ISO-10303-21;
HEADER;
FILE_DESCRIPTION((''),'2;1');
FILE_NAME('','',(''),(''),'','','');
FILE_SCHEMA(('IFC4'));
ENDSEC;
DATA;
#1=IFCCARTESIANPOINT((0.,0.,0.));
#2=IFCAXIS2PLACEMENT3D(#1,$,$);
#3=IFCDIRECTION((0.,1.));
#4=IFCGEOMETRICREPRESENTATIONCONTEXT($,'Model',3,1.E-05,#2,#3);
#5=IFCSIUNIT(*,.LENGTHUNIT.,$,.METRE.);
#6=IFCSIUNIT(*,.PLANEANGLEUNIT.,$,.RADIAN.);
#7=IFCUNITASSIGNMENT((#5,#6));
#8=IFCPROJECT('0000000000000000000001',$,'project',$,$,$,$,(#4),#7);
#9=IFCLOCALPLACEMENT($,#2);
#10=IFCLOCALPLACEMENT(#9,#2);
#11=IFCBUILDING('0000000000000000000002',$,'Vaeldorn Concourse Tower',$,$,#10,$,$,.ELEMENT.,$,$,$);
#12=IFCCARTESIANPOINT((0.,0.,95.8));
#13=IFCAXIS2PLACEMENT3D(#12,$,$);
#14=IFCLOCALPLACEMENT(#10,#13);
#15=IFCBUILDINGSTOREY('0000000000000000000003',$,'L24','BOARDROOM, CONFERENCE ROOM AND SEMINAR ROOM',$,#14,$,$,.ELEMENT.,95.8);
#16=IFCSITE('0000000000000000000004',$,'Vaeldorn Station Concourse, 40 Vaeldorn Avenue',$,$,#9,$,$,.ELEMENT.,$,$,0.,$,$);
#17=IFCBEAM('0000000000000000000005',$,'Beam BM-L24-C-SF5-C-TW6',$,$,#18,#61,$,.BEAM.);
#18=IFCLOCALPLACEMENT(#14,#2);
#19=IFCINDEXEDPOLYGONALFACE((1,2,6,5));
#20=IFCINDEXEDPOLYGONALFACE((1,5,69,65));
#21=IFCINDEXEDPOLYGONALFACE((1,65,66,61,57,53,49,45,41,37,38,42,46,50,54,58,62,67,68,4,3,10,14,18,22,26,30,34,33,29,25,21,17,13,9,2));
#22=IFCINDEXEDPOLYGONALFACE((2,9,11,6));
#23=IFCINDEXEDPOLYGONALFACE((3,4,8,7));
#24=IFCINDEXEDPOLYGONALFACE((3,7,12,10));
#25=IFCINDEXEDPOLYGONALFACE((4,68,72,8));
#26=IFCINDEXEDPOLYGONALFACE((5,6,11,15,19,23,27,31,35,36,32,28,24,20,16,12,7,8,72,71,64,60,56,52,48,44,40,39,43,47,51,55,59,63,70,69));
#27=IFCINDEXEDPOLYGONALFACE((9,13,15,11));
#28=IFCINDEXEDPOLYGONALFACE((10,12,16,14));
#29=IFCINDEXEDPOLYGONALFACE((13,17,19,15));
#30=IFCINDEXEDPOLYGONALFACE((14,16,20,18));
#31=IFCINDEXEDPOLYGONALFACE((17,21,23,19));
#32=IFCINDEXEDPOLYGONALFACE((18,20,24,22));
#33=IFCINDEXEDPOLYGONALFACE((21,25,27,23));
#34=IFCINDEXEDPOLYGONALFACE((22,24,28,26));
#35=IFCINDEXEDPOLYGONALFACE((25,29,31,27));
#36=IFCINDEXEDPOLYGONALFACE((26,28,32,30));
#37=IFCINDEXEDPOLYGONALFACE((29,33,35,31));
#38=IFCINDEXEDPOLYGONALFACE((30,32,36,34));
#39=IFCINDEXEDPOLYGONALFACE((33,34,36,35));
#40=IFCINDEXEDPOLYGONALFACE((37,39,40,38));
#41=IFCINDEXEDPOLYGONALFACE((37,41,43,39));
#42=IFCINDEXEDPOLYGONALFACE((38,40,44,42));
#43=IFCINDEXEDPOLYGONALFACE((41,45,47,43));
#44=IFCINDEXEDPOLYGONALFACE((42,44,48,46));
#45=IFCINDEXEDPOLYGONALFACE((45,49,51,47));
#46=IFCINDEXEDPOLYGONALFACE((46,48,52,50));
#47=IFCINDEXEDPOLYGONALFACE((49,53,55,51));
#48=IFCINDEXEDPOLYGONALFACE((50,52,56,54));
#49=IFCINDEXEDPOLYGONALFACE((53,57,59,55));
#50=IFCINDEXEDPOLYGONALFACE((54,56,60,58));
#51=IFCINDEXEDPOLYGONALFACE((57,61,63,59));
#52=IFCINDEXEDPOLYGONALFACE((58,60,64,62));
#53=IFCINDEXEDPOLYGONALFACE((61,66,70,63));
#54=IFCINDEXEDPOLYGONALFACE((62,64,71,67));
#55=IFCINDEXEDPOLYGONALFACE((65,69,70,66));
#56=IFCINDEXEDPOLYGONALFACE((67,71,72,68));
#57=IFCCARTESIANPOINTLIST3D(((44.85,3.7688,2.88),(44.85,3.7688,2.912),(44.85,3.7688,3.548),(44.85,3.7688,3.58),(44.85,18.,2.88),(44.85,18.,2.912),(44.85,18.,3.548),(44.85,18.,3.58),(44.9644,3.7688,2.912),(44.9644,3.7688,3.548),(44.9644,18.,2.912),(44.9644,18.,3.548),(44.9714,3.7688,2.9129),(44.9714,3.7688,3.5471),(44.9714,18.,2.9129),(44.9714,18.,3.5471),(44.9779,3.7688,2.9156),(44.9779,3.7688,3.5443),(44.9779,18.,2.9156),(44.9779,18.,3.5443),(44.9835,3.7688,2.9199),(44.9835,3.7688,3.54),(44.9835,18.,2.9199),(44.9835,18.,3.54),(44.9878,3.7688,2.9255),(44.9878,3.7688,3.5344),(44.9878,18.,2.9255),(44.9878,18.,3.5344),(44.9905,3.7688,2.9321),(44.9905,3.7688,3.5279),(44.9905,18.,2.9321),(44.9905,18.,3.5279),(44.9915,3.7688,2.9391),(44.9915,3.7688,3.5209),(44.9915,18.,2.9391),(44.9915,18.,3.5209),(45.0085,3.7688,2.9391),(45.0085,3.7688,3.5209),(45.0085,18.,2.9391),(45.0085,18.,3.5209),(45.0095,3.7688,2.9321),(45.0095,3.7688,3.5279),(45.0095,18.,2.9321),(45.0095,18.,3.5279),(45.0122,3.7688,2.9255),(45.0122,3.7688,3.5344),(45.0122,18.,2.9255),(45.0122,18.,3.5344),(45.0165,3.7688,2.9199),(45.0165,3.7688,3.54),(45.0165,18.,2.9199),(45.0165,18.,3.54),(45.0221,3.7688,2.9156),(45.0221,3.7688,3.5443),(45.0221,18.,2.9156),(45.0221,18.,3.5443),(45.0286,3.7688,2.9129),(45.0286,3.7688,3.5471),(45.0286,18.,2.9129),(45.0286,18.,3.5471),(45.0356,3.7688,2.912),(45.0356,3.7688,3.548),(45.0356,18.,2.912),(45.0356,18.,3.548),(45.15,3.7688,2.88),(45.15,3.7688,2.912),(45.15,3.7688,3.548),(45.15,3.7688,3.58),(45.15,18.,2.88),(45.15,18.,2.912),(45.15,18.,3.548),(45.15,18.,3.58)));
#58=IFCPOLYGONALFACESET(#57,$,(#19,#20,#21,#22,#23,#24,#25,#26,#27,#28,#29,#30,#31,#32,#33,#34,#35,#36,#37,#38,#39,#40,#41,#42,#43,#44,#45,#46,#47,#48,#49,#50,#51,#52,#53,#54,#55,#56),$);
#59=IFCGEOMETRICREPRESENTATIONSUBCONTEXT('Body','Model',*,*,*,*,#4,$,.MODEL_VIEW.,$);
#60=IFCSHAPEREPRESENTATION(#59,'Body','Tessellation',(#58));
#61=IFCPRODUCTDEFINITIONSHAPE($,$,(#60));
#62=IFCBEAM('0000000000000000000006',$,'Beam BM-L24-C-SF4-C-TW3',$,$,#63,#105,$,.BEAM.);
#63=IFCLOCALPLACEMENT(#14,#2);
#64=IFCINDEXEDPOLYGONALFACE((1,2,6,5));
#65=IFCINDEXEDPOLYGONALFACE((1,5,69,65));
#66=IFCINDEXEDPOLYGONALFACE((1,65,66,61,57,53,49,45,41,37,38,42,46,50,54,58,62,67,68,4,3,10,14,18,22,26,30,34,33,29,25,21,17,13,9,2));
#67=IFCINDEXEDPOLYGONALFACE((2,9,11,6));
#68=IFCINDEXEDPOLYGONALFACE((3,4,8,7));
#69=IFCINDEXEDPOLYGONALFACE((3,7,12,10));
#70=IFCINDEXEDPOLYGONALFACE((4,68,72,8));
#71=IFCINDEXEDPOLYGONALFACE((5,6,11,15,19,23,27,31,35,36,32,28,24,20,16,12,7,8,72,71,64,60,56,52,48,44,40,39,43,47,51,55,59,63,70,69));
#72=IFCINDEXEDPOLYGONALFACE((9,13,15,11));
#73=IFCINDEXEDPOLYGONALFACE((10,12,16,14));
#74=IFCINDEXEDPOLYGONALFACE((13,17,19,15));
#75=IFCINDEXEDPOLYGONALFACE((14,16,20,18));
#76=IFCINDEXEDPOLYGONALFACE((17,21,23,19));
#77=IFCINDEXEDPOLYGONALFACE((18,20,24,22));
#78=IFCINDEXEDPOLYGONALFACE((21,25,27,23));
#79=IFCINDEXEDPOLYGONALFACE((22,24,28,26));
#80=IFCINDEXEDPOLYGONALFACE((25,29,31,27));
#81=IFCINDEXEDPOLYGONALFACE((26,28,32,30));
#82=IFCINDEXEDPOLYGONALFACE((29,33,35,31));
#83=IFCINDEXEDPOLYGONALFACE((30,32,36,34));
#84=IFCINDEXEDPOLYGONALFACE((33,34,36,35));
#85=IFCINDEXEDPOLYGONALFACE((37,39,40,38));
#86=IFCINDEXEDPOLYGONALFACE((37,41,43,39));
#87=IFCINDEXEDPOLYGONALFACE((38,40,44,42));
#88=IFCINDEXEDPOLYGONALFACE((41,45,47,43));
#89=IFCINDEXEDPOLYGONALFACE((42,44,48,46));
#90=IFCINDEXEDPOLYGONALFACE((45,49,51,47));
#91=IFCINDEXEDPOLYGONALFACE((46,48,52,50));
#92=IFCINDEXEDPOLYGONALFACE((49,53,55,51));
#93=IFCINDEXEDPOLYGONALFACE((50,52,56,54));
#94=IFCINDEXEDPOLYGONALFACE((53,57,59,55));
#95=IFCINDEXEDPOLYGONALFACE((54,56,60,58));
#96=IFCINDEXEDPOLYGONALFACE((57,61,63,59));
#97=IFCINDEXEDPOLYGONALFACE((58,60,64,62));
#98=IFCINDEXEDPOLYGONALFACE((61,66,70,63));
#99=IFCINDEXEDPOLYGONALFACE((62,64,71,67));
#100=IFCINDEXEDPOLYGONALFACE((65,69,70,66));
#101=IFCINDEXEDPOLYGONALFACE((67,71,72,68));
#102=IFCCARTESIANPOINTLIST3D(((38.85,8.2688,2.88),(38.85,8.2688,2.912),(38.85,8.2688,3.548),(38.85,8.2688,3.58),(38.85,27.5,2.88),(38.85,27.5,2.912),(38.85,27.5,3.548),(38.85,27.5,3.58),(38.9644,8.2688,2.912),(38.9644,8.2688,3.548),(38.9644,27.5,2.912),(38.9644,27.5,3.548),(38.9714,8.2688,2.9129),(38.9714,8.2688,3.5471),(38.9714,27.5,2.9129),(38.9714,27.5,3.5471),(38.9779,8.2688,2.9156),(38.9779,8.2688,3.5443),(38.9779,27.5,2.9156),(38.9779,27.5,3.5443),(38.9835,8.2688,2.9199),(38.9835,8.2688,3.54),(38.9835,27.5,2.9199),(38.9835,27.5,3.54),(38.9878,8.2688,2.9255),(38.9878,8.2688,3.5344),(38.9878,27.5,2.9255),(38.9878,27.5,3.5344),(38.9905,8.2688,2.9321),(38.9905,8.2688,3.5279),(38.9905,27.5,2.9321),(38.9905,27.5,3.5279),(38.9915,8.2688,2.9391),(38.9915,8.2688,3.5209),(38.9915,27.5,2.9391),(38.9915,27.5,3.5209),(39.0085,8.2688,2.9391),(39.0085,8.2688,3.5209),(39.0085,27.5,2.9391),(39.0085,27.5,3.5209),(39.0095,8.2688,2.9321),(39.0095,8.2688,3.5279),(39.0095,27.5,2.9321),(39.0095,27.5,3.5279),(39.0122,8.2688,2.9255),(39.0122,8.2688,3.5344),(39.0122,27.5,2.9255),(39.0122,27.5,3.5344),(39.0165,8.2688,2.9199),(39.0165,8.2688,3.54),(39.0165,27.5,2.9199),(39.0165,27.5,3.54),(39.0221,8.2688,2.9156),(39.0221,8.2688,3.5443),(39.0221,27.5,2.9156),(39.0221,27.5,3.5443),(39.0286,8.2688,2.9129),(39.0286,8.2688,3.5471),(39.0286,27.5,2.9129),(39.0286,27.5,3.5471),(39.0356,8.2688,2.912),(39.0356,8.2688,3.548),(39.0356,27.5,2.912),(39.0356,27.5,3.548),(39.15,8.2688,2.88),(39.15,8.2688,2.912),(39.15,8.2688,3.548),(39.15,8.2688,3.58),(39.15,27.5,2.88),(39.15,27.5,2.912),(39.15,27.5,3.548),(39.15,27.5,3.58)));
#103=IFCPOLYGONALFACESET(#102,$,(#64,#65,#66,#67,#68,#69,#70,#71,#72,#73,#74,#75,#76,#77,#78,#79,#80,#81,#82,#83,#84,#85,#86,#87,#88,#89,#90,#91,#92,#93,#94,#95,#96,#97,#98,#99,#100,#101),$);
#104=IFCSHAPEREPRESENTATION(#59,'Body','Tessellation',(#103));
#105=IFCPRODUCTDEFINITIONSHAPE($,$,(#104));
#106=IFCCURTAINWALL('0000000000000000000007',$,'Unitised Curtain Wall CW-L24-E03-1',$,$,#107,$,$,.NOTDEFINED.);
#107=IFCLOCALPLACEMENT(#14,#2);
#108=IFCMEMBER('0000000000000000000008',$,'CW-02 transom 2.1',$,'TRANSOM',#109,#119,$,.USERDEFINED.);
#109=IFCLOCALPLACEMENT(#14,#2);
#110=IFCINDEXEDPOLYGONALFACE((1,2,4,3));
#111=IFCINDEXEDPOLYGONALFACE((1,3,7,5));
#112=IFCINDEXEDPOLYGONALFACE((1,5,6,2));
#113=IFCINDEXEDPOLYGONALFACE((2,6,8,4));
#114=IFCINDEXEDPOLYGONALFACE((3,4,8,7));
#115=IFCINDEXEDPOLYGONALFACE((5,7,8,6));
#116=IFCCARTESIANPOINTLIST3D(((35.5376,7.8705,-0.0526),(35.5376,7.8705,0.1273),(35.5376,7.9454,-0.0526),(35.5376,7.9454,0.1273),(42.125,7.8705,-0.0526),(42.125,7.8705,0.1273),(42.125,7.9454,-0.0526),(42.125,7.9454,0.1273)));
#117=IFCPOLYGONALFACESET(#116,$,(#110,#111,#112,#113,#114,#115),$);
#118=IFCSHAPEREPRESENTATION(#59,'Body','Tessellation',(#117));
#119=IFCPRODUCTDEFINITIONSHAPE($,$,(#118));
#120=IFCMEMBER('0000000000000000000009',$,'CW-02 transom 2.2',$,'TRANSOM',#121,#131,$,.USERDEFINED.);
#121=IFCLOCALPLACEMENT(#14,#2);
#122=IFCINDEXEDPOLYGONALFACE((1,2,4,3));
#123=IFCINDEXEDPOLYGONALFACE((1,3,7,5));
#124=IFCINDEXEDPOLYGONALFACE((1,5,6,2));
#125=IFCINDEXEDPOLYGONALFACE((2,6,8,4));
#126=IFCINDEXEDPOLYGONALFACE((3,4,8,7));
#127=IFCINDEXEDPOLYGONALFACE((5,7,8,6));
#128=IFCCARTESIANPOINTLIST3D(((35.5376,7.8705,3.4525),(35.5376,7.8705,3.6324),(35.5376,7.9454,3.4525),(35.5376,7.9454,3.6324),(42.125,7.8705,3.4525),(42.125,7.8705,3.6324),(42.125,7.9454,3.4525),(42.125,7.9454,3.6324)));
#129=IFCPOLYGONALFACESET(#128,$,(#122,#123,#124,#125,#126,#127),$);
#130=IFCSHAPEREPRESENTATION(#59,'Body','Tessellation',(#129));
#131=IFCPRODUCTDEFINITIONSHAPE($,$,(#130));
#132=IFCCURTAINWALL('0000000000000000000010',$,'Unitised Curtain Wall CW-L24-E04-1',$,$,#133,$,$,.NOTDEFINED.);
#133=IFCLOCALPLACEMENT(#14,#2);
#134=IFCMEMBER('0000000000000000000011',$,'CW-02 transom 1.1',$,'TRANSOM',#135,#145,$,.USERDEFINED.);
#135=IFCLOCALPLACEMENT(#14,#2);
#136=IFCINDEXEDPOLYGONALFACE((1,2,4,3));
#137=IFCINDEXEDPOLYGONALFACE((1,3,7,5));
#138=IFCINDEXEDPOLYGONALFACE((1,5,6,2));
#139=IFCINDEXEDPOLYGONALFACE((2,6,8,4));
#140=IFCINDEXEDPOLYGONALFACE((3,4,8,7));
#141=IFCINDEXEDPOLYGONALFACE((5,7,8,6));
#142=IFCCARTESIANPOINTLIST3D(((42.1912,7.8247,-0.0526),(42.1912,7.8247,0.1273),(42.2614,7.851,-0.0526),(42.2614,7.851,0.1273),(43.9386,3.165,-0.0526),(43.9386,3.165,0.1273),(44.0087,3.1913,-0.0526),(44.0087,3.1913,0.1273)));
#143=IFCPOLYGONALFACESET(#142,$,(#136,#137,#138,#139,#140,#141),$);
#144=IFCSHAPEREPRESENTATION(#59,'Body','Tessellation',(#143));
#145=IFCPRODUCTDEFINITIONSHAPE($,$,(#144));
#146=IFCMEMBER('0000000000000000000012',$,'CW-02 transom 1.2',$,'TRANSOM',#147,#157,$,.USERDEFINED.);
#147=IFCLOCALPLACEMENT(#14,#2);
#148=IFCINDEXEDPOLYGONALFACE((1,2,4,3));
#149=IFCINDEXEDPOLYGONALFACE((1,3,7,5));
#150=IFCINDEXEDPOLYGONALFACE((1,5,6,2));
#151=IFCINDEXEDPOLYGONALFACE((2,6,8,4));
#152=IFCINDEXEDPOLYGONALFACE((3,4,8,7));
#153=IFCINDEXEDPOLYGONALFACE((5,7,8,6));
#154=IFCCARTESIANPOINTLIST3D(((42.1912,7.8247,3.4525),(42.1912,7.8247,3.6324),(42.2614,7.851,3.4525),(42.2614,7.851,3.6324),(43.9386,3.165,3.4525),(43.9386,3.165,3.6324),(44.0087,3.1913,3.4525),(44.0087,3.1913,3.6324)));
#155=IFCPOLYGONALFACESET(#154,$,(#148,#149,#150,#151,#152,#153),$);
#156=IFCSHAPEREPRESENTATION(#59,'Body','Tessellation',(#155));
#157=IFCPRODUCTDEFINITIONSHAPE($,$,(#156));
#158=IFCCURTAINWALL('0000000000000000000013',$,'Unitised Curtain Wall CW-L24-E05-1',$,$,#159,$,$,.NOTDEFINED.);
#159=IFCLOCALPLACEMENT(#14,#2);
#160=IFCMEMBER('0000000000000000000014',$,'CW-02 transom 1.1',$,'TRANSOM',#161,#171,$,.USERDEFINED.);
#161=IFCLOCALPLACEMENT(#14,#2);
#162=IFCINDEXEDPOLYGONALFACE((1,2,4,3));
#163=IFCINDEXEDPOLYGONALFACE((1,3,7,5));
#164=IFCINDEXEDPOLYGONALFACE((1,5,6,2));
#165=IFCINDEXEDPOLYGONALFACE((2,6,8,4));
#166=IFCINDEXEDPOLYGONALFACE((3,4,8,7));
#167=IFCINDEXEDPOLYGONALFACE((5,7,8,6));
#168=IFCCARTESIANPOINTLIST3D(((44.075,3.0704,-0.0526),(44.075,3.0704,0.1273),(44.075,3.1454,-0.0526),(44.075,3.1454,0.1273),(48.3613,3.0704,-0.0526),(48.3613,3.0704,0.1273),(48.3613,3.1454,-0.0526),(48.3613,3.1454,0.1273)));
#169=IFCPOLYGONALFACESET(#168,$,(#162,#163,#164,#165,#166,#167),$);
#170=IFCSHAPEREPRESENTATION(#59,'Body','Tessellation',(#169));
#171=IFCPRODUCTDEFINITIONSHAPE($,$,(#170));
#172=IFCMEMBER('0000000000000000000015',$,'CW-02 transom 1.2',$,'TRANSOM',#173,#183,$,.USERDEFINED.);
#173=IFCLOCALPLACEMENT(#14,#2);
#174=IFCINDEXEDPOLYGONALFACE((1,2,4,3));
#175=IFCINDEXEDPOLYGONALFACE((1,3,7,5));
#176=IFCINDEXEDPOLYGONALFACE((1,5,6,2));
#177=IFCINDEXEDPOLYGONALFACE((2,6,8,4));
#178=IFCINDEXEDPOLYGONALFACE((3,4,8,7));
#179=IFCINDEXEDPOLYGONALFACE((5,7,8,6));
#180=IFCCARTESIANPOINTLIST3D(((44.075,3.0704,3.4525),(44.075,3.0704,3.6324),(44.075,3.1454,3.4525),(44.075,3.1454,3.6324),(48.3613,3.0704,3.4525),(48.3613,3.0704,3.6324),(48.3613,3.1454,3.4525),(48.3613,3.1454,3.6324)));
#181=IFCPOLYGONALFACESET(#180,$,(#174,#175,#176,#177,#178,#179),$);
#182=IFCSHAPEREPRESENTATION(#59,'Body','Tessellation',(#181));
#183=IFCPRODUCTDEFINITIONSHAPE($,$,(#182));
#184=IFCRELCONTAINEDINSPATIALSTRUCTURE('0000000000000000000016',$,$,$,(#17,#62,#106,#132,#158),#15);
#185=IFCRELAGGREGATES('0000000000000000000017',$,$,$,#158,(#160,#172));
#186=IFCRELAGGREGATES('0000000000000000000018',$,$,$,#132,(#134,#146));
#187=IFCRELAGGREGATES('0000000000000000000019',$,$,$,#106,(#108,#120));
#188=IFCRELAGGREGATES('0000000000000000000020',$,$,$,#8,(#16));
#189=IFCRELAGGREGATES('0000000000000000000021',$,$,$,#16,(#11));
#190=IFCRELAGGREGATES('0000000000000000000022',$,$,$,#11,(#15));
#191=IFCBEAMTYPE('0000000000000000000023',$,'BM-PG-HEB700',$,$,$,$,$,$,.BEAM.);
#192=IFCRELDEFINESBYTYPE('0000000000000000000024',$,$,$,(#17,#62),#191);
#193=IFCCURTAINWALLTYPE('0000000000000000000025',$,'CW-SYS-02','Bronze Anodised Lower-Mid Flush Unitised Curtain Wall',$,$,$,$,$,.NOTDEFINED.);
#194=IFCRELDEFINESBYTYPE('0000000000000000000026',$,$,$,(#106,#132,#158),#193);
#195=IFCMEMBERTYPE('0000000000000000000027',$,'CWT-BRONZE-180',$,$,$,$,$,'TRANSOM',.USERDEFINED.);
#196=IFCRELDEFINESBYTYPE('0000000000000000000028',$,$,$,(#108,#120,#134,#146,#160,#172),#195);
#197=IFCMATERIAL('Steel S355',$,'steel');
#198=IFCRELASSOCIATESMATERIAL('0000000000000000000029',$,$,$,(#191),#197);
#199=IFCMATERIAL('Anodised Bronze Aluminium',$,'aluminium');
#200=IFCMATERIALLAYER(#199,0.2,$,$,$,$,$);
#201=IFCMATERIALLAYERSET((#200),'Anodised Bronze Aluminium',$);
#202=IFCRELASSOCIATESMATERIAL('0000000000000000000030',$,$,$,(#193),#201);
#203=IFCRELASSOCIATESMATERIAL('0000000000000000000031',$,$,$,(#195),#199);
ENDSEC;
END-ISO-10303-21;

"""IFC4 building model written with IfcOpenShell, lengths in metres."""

from ifc_helpers import new_model, si_unit, direction, frame, origin, origin_2d, place, context, subcontext, project, spatial, rectangle, i_section, extrude, source, transform, mapped, material, layer, layer_set, material_profile, profile_set, type_object, element, aggregate, save


model = new_model("IFC4")

# Units and contexts
model_context = context("Model", 3, precision=1e-05, world=origin(), true_north=direction((0.0, 1.0)))
body_context = subcontext(model_context, "Body", "Model", "MODEL_VIEW")
ifc_project = project(units=[si_unit("LENGTHUNIT", "METRE"), si_unit("PLANEANGLEUNIT", "RADIAN")], contexts=[model_context])

# Site, building, storey
site_placement = place(None, origin())
site = spatial("IfcSite", under=ifc_project, at=site_placement, Name="Vaeldorn Station Concourse, 40 Vaeldorn Avenue", CompositionType="ELEMENT", RefElevation=0.0)
building_placement = place(site_placement, origin())
building = spatial("IfcBuilding", under=site, at=building_placement, Name="Vaeldorn Concourse Tower", CompositionType="ELEMENT")
storey_placement = place(building_placement, frame((0.0, 0.0, 95.8)))
storey = spatial("IfcBuildingStorey", under=building, at=storey_placement, Name="L24", Description="BOARDROOM, CONFERENCE ROOM AND SEMINAR ROOM", CompositionType="ELEMENT", Elevation=95.8)

# Beams
ifc_material_1 = material(Name="Steel S355", Category="steel")
ifc_material_profile_1 = material_profile(ifc_material_1, i_section(OverallWidth=0.3, OverallDepth=0.7, WebThickness=0.0171, FlangeThickness=0.032, FilletRadius=0.0271, at=origin_2d()), Name="HEB 700")
ifc_profile_set_1 = profile_set([ifc_material_profile_1], Name="Steel S355")
beam_type_1 = type_object("IfcBeamType", Name="BM-PG-HEB700", PredefinedType="BEAM", material=ifc_profile_set_1)
shared_shape_1 = source(origin(), body_context, "Body", "SweptSolid", [
    extrude(i_section(OverallWidth=0.3, OverallDepth=0.7, WebThickness=0.0171, FlangeThickness=0.032, FilletRadius=0.0271, at=origin_2d()), origin(), (0.0, 0.0, 1.0), 14.2312),
])
beam_1_placement = place(storey_placement, frame((45.0, 3.7688, 3.23), z_axis=(0.0, 1.0, 0.0), x_axis=(-1.0, 0.0, 0.0)))
element("IfcBeam", 1, at=beam_1_placement, inside=storey, type_object=beam_type_1, Name="Beam BM-L24-C-SF5-C-TW6", PredefinedType="BEAM", context=body_context, shape_type="MappedRepresentation", body=[
    mapped(shared_shape_1, transform((0.0, 0.0, 0.0), scale=1.0)),
])
shared_shape_2 = source(origin(), body_context, "Body", "SweptSolid", [
    extrude(i_section(OverallWidth=0.3, OverallDepth=0.7, WebThickness=0.0171, FlangeThickness=0.032, FilletRadius=0.0271, at=origin_2d()), origin(), (0.0, 0.0, 1.0), 19.2312),
])
beam_2_placement = place(storey_placement, frame((39.0, 8.2688, 3.23), z_axis=(0.0, 1.0, 0.0), x_axis=(-1.0, 0.0, 0.0)))
element("IfcBeam", 2, at=beam_2_placement, inside=storey, type_object=beam_type_1, Name="Beam BM-L24-C-SF4-C-TW3", PredefinedType="BEAM", context=body_context, shape_type="MappedRepresentation", body=[
    mapped(shared_shape_2, transform((0.0, 0.0, 0.0), scale=1.0)),
])

# Curtain walls, members
ifc_material_2 = material(Name="Anodised Bronze Aluminium", Category="aluminium")
ifc_layer_1 = layer(ifc_material_2, 0.2)
ifc_layer_set_1 = layer_set([ifc_layer_1], Name="Anodised Bronze Aluminium")
curtain_wall_type = type_object("IfcCurtainWallType", Name="CW-SYS-02", Description="Bronze Anodised Lower-Mid Flush Unitised Curtain Wall", PredefinedType="NOTDEFINED", material=ifc_layer_set_1)
curtain_wall_1_placement = place(storey_placement, origin())
curtain_wall_1 = element("IfcCurtainWall", 3, at=curtain_wall_1_placement, inside=storey, type_object=curtain_wall_type, Name="Unitised Curtain Wall CW-L24-E03-1", PredefinedType="NOTDEFINED")
ifc_material_profile_2 = material_profile(ifc_material_2, rectangle(XDim=0.075, YDim=0.1799, at=origin_2d()), Name="CWT 75x180")
ifc_profile_set_2 = profile_set([ifc_material_profile_2], Name="Anodised Bronze Aluminium")
member_type_1 = type_object("IfcMemberType", Name="CWT-BRONZE-180", ElementType="TRANSOM", PredefinedType="USERDEFINED", material=ifc_profile_set_2)
shared_shape_3 = source(origin(), body_context, "Body", "SweptSolid", [
    extrude(rectangle(XDim=0.075, YDim=0.1799, at=origin_2d()), origin(), (0.0, 0.0, 1.0), 6.5874),
])
member_1_placement = place(storey_placement, frame((35.5376, 7.908, 0.0374), z_axis=(1.0, 0.0, 0.0), x_axis=(0.0, 1.0, 0.0)))
member_1 = element("IfcMember", 4, at=member_1_placement, type_object=member_type_1, Name="CW-02 transom 2.1", ObjectType="TRANSOM", PredefinedType="USERDEFINED", context=body_context, shape_type="MappedRepresentation", body=[
    mapped(shared_shape_3, transform((0.0, 0.0, 0.0), scale=1.0)),
])
member_2_placement = place(storey_placement, frame((35.5376, 7.908, 3.5425), z_axis=(1.0, 0.0, 0.0), x_axis=(0.0, 1.0, 0.0)))
member_2 = element("IfcMember", 5, at=member_2_placement, type_object=member_type_1, Name="CW-02 transom 2.2", ObjectType="TRANSOM", PredefinedType="USERDEFINED", context=body_context, shape_type="MappedRepresentation", body=[
    mapped(shared_shape_3, transform((0.0, 0.0, 0.0), scale=1.0)),
])
curtain_wall_2_placement = place(storey_placement, origin())
curtain_wall_2 = element("IfcCurtainWall", 6, at=curtain_wall_2_placement, inside=storey, type_object=curtain_wall_type, Name="Unitised Curtain Wall CW-L24-E04-1", PredefinedType="NOTDEFINED")
shared_shape_4 = source(origin(), body_context, "Body", "SweptSolid", [
    extrude(rectangle(XDim=0.075, YDim=0.1799, at=origin_2d()), origin(), (0.0, 0.0, 1.0), 4.9766),
])
member_3_placement = place(storey_placement, frame((42.2263, 7.8379, 0.0374), z_axis=(0.351113, -0.936333, 0.0), x_axis=(0.936333, 0.351113, 0.0)))
member_3 = element("IfcMember", 7, at=member_3_placement, type_object=member_type_1, Name="CW-02 transom 1.1", ObjectType="TRANSOM", PredefinedType="USERDEFINED", context=body_context, shape_type="MappedRepresentation", body=[
    mapped(shared_shape_4, transform((0.0, 0.0, 0.0), scale=1.0)),
])
member_4_placement = place(storey_placement, frame((42.2263, 7.8379, 3.5425), z_axis=(0.351113, -0.936333, 0.0), x_axis=(0.936333, 0.351113, 0.0)))
member_4 = element("IfcMember", 8, at=member_4_placement, type_object=member_type_1, Name="CW-02 transom 1.2", ObjectType="TRANSOM", PredefinedType="USERDEFINED", context=body_context, shape_type="MappedRepresentation", body=[
    mapped(shared_shape_4, transform((0.0, 0.0, 0.0), scale=1.0)),
])
curtain_wall_3_placement = place(storey_placement, origin())
curtain_wall_3 = element("IfcCurtainWall", 9, at=curtain_wall_3_placement, inside=storey, type_object=curtain_wall_type, Name="Unitised Curtain Wall CW-L24-E05-1", PredefinedType="NOTDEFINED")
shared_shape_5 = source(origin(), body_context, "Body", "SweptSolid", [
    extrude(rectangle(XDim=0.075, YDim=0.1799, at=origin_2d()), origin(), (0.0, 0.0, 1.0), 4.2864),
])
member_5_placement = place(storey_placement, frame((44.075, 3.1079, 0.0374), z_axis=(1.0, 0.0, 0.0), x_axis=(0.0, 1.0, 0.0)))
member_5 = element("IfcMember", 10, at=member_5_placement, type_object=member_type_1, Name="CW-02 transom 1.1", ObjectType="TRANSOM", PredefinedType="USERDEFINED", context=body_context, shape_type="MappedRepresentation", body=[
    mapped(shared_shape_5, transform((0.0, 0.0, 0.0), scale=1.0)),
])
member_6_placement = place(storey_placement, frame((44.075, 3.1079, 3.5425), z_axis=(1.0, 0.0, 0.0), x_axis=(0.0, 1.0, 0.0)))
member_6 = element("IfcMember", 11, at=member_6_placement, type_object=member_type_1, Name="CW-02 transom 1.2", ObjectType="TRANSOM", PredefinedType="USERDEFINED", context=body_context, shape_type="MappedRepresentation", body=[
    mapped(shared_shape_5, transform((0.0, 0.0, 0.0), scale=1.0)),
])

aggregate(curtain_wall_3, [member_5, member_6])

aggregate(curtain_wall_2, [member_3, member_4])
aggregate(curtain_wall_1, [member_1, member_2])

save(model, "model.ifc")
